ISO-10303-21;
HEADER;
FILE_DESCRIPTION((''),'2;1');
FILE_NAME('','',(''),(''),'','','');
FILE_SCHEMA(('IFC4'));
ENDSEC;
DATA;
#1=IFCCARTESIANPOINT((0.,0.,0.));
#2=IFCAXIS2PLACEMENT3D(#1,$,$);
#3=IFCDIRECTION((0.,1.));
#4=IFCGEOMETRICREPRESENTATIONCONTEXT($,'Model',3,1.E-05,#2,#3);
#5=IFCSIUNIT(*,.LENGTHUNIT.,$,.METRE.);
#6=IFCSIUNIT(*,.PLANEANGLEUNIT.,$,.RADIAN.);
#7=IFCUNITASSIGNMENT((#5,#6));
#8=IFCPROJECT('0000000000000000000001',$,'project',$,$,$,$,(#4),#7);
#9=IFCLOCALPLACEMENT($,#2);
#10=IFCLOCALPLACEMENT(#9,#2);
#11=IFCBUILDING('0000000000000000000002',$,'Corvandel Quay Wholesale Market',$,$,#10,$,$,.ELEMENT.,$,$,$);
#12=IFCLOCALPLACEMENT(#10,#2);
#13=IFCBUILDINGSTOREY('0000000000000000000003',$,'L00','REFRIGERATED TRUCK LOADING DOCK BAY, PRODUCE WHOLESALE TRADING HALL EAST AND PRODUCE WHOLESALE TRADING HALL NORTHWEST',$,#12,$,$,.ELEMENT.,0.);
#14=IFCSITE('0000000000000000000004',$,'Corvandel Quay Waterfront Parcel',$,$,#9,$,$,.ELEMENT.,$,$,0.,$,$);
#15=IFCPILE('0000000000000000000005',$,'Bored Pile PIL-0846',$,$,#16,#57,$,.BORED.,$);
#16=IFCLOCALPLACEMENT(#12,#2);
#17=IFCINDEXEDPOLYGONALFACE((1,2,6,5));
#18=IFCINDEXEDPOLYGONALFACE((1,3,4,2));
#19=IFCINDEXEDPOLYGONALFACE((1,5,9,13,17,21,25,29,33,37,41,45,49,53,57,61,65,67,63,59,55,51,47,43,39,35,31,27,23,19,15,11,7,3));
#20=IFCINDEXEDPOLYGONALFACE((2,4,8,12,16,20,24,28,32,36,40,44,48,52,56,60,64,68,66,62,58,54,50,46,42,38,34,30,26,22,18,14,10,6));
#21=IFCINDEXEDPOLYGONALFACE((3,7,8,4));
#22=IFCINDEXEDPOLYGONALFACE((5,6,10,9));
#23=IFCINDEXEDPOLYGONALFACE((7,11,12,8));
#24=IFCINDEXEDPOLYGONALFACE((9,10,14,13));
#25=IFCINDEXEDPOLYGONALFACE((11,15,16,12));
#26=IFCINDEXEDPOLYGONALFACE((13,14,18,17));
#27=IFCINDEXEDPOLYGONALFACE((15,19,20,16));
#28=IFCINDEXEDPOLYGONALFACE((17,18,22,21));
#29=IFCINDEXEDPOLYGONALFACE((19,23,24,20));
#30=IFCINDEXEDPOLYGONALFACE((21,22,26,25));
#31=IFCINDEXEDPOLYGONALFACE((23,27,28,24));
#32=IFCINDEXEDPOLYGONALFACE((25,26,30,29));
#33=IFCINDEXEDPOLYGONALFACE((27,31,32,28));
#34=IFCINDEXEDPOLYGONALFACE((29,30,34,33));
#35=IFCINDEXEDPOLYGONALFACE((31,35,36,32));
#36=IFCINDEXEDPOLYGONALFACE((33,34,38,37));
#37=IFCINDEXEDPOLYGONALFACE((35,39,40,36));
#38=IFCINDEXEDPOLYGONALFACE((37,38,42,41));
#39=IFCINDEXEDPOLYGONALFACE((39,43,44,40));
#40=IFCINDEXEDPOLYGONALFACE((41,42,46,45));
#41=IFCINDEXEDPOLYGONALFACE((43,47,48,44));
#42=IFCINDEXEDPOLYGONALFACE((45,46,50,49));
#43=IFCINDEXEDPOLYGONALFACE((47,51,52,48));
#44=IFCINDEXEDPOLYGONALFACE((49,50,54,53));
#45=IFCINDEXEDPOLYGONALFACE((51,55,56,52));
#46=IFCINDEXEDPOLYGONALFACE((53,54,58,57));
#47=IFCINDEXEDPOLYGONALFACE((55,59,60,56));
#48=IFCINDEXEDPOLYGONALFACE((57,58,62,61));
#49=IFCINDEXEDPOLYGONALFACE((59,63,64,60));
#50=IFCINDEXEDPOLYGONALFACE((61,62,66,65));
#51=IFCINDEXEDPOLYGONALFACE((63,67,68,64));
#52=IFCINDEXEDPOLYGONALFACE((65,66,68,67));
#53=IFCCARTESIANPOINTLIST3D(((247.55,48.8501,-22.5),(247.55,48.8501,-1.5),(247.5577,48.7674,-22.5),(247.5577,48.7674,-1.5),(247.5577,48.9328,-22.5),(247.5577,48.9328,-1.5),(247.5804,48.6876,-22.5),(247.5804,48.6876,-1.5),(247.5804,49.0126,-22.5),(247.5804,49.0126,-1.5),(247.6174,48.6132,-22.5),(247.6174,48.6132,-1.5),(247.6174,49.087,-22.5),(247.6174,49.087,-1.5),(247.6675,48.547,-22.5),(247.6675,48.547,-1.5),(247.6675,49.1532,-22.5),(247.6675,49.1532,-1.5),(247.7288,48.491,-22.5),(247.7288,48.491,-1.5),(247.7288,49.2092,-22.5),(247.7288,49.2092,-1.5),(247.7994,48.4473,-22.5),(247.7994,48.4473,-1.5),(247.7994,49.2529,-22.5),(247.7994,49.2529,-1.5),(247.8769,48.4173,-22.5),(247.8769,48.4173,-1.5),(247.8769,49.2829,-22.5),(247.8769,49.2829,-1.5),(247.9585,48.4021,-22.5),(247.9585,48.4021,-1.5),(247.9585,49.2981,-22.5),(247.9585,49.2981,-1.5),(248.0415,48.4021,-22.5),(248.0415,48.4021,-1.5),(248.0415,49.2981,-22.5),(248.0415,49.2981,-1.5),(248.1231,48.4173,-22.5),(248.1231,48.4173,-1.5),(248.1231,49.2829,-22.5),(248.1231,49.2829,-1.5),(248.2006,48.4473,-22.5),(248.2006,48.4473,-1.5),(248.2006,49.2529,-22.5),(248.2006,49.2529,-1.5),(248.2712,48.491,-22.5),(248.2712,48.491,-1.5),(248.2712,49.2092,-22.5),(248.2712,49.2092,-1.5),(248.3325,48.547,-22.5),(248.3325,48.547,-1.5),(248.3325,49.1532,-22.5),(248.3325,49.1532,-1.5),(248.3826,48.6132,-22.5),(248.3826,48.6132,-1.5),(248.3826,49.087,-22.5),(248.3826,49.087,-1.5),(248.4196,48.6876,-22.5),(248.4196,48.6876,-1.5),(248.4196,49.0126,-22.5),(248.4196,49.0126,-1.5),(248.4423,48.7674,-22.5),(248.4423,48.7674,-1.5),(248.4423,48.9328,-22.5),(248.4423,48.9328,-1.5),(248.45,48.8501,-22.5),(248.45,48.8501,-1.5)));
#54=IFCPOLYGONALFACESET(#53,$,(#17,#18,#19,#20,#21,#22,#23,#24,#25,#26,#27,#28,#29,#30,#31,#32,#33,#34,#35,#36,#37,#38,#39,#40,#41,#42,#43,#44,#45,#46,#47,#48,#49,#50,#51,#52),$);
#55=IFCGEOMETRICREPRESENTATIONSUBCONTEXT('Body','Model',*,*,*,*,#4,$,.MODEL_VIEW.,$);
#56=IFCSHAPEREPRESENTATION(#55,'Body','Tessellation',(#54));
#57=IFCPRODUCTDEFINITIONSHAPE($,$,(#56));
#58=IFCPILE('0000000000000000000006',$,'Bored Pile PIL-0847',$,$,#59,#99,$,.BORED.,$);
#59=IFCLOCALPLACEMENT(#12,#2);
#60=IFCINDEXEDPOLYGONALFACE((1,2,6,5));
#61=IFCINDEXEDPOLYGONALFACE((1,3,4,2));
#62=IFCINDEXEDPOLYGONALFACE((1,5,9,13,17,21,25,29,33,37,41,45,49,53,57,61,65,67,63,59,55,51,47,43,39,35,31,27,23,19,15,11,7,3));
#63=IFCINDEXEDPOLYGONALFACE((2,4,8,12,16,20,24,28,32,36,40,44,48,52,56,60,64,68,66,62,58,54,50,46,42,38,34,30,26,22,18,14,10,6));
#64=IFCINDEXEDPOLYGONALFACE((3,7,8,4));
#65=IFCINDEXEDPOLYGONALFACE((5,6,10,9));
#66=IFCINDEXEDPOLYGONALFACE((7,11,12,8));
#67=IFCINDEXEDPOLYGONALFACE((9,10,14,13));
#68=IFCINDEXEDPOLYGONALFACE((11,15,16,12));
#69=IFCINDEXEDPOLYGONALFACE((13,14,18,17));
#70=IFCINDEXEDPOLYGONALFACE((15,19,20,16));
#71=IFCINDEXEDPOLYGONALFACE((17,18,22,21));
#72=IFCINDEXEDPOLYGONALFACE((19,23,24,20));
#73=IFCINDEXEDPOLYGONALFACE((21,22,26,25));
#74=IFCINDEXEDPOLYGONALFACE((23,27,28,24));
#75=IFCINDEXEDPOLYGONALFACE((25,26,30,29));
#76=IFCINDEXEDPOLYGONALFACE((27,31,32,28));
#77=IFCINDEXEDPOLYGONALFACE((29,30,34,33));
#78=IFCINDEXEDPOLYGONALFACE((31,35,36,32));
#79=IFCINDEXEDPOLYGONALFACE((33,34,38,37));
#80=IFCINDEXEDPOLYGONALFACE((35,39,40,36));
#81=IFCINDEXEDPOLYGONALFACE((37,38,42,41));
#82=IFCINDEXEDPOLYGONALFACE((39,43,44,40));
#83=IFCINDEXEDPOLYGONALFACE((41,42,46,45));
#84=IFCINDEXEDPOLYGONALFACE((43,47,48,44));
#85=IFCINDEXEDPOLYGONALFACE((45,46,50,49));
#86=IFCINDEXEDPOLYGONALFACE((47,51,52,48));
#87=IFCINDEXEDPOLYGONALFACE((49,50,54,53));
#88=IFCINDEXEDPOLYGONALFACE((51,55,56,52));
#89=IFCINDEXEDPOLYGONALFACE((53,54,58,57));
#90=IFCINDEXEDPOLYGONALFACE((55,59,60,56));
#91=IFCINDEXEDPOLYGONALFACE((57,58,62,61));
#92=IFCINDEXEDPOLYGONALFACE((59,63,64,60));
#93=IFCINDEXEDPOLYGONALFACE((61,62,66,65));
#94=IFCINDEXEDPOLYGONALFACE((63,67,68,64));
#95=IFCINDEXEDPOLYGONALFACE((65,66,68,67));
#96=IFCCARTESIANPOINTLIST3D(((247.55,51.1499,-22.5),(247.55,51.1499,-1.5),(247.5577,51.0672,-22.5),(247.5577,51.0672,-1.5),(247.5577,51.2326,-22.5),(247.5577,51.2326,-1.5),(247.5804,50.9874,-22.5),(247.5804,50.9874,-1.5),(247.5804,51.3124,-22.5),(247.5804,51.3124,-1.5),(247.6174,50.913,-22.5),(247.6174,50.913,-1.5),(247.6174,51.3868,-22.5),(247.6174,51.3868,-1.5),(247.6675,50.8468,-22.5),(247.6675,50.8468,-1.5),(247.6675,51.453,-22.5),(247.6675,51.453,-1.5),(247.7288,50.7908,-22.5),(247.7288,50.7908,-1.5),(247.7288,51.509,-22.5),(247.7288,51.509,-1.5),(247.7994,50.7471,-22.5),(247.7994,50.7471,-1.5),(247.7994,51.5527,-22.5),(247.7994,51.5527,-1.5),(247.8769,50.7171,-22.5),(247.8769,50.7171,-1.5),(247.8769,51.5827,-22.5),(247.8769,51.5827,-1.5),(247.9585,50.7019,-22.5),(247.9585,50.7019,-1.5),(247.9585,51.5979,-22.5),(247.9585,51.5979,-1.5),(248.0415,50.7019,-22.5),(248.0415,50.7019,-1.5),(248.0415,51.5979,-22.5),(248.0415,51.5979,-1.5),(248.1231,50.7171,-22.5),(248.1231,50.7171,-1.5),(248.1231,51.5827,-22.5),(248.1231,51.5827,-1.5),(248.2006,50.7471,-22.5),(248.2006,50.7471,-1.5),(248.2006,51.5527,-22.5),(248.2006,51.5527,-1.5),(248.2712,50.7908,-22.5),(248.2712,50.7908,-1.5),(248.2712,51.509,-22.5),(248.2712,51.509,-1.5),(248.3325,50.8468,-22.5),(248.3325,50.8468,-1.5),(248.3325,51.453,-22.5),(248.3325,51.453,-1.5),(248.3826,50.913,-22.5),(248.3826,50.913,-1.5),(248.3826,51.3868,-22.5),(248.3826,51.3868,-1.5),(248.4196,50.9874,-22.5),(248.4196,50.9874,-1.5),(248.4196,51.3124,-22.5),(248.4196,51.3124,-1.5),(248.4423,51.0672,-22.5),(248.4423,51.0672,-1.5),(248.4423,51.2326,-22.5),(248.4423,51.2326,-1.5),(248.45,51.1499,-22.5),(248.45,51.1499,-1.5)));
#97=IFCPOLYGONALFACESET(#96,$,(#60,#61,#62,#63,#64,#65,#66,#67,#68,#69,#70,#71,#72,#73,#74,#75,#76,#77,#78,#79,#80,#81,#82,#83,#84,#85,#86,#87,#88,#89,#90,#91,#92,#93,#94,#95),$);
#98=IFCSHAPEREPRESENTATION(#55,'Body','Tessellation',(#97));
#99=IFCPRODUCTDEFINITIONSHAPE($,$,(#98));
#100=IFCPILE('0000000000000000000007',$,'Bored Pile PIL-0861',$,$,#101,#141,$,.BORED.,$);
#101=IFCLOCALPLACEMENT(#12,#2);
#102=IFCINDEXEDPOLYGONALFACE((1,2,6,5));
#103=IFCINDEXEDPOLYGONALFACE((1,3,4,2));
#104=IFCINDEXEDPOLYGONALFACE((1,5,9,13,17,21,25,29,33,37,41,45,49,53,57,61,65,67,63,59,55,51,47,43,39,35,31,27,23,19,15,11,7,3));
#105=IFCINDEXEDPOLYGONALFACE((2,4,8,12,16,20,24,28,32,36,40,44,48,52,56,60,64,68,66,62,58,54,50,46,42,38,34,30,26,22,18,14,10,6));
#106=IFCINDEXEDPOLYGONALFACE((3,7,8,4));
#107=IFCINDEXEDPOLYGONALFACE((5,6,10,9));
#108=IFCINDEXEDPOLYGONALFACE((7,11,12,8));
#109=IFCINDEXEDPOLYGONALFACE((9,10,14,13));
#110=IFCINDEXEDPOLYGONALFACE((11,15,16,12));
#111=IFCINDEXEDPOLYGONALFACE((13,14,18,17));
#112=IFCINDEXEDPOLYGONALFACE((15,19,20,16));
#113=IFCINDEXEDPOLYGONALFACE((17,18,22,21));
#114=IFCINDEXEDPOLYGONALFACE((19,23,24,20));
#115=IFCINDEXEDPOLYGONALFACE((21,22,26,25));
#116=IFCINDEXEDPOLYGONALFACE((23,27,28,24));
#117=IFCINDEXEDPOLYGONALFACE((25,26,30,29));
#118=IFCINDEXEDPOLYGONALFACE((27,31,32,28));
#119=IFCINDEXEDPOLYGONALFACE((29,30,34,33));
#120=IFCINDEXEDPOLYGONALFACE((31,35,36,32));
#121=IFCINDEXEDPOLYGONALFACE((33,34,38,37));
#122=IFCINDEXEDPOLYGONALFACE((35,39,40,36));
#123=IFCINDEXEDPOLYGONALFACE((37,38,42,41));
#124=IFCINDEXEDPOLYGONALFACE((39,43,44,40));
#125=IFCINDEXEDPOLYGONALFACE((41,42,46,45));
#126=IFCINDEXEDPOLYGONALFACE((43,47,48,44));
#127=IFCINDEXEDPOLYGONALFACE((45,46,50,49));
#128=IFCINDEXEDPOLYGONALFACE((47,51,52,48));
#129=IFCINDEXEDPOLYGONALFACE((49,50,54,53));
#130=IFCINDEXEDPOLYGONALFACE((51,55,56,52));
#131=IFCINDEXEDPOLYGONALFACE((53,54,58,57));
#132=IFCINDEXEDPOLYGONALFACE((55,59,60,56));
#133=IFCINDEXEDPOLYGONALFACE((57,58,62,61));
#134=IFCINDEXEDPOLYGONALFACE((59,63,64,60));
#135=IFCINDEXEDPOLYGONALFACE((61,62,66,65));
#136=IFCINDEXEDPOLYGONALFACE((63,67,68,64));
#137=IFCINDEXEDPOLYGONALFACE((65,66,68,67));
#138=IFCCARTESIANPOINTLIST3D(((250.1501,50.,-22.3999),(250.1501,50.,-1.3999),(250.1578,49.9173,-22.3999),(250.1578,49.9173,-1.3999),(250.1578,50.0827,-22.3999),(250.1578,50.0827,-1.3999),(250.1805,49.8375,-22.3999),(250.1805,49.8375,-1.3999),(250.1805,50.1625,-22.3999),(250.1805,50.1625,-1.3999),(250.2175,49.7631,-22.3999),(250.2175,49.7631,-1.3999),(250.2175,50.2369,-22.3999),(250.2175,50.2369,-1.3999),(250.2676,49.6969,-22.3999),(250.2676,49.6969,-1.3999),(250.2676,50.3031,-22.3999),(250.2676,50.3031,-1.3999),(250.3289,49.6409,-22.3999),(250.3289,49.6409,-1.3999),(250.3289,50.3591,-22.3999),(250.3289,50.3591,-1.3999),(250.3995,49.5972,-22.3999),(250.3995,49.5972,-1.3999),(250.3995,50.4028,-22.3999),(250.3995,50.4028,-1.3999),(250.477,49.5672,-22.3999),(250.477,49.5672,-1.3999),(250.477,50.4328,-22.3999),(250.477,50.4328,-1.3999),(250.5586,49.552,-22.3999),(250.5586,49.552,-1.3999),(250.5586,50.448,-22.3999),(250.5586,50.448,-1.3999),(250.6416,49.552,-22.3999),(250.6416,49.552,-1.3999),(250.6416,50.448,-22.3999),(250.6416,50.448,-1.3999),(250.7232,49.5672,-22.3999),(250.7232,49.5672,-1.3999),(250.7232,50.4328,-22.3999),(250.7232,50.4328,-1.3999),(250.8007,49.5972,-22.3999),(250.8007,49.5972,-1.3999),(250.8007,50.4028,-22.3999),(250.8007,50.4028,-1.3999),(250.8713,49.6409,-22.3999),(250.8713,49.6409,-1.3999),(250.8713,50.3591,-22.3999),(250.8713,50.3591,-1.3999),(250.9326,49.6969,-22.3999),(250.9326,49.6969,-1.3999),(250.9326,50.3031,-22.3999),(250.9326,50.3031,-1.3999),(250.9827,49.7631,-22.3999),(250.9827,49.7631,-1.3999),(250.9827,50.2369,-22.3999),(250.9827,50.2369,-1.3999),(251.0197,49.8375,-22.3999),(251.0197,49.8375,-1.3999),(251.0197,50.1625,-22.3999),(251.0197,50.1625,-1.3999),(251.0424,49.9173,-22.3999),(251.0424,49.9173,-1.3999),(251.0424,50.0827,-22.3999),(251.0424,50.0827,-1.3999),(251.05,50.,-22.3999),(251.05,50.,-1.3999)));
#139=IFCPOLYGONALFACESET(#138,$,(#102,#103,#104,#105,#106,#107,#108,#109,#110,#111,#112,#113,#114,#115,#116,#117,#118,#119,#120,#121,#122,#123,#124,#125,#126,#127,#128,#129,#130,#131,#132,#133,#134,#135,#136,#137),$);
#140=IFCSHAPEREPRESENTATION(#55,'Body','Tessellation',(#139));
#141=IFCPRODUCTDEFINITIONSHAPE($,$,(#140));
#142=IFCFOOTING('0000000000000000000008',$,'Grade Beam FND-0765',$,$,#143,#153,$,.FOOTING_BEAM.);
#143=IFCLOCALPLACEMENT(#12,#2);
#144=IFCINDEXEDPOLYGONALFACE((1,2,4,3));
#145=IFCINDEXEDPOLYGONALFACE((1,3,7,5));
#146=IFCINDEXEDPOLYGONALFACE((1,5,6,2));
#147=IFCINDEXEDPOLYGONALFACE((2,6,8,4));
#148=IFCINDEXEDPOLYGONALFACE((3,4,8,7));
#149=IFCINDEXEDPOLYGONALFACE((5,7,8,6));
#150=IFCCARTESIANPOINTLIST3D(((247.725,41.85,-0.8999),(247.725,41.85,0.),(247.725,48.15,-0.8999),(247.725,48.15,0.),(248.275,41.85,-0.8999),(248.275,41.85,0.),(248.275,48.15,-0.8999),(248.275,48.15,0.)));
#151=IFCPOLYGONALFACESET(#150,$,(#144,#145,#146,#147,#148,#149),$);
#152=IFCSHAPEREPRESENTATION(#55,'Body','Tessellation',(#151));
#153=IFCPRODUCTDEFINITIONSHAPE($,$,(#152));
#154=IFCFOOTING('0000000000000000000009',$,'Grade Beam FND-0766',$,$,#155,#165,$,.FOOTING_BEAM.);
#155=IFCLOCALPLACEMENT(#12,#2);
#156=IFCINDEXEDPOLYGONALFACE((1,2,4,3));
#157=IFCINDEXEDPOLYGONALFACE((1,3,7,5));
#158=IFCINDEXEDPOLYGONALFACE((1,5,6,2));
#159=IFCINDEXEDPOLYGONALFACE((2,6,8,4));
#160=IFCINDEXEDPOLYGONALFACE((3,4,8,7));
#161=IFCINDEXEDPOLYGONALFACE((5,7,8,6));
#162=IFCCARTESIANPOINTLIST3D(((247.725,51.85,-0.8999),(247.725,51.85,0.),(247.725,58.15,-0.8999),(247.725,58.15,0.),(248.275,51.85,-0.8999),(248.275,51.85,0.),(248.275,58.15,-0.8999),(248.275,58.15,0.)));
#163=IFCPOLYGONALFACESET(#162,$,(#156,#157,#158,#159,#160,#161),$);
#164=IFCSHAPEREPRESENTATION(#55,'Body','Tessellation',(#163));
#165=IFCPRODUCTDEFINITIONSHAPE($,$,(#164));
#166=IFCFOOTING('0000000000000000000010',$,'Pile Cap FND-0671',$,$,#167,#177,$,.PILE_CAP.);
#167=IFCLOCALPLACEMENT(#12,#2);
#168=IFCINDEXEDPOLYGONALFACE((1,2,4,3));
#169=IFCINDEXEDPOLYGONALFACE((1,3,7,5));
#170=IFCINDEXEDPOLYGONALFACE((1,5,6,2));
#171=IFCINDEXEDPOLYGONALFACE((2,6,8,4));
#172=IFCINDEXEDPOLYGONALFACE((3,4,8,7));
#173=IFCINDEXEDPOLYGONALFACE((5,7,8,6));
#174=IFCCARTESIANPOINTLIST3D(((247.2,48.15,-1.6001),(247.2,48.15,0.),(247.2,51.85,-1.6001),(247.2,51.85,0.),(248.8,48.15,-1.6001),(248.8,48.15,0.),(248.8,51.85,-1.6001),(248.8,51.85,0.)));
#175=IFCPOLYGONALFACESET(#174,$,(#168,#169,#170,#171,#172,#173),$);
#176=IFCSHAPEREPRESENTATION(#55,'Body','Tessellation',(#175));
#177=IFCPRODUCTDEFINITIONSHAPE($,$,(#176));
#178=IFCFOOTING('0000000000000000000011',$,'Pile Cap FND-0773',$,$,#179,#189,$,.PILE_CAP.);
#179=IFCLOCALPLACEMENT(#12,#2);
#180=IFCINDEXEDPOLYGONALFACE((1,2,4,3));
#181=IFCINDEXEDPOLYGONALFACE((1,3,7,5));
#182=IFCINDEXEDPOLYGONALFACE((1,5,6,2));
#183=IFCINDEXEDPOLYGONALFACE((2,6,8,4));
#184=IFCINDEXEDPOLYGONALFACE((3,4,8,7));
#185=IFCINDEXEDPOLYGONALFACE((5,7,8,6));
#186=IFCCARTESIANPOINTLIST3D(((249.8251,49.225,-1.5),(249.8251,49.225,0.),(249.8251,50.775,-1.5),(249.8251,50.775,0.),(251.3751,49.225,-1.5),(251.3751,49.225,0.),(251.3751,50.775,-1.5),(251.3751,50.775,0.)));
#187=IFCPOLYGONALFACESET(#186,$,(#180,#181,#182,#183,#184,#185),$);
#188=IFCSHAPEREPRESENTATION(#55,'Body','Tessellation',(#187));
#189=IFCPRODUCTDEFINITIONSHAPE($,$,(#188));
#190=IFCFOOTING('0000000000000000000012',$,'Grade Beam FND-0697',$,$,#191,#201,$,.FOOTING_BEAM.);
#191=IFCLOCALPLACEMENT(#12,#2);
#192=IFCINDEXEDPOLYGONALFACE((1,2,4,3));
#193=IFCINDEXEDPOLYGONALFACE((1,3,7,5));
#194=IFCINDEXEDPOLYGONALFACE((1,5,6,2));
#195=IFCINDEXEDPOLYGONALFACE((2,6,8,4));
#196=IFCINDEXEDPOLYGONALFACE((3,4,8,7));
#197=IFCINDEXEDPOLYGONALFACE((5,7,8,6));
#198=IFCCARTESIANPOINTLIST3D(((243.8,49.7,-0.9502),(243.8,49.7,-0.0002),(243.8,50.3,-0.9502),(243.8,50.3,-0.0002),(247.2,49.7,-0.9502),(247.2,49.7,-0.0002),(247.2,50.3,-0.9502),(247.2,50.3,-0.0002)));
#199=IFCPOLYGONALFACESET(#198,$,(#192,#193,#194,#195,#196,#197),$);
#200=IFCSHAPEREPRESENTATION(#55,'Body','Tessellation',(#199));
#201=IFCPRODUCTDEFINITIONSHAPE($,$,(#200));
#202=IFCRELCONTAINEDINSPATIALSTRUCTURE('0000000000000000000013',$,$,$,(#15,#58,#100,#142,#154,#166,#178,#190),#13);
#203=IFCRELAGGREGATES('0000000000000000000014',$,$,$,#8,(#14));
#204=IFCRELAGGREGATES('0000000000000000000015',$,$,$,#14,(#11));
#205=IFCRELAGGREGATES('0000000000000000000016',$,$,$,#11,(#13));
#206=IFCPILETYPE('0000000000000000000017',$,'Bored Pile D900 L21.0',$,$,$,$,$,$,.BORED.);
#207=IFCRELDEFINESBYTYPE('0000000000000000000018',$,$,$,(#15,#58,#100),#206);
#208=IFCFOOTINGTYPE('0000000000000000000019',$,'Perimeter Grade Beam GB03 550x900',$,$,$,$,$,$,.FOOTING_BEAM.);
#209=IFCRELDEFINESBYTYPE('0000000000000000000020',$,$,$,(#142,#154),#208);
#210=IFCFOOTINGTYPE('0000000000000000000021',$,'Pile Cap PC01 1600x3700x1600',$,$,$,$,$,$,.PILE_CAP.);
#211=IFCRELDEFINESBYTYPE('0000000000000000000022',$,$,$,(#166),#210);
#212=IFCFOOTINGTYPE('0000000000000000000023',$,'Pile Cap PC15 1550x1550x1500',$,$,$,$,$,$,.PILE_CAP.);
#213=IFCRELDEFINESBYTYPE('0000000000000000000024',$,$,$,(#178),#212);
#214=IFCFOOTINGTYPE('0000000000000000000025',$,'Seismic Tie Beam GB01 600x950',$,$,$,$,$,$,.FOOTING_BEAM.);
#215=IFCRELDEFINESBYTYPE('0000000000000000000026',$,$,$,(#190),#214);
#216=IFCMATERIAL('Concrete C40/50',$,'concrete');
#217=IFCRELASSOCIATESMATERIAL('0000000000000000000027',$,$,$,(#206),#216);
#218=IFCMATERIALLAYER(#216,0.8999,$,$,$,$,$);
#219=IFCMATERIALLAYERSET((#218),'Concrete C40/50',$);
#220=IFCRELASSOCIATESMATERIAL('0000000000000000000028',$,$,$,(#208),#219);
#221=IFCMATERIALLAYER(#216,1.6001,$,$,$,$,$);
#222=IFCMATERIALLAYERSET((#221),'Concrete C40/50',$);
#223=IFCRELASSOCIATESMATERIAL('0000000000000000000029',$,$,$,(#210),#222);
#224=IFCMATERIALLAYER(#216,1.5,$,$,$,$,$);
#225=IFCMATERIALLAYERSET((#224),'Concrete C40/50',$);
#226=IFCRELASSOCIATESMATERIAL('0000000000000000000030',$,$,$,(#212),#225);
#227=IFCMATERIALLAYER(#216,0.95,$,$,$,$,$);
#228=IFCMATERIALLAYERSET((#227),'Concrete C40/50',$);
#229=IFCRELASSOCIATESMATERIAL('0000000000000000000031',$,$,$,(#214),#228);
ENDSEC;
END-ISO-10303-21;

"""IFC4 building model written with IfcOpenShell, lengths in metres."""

from ifc_helpers import new_model, si_unit, direction, frame, origin, origin_2d, place, context, subcontext, project, spatial, rectangle, circle, extrude, material, layer, layer_set, material_profile, profile_set, type_object, element, save


model = new_model("IFC4")

# Units and contexts
model_context = context("Model", 3, precision=1e-05, world=origin(), true_north=direction((0.0, 1.0)))
body_context = subcontext(model_context, "Body", "Model", "MODEL_VIEW")
ifc_project = project(units=[si_unit("LENGTHUNIT", "METRE"), si_unit("PLANEANGLEUNIT", "RADIAN")], contexts=[model_context])

# Site, building, storey
site_placement = place(None, origin())
site = spatial("IfcSite", under=ifc_project, at=site_placement, Name="Corvandel Quay Waterfront Parcel", CompositionType="ELEMENT", RefElevation=0.0)
building_placement = place(site_placement, origin())
building = spatial("IfcBuilding", under=site, at=building_placement, Name="Corvandel Quay Wholesale Market", CompositionType="ELEMENT")
storey_placement = place(building_placement, origin())
storey = spatial("IfcBuildingStorey", under=building, at=storey_placement, Name="L00", Description="REFRIGERATED TRUCK LOADING DOCK BAY, PRODUCE WHOLESALE TRADING HALL EAST AND PRODUCE WHOLESALE TRADING HALL NORTHWEST", CompositionType="ELEMENT", Elevation=0.0)

# Piles
ifc_material_1 = material(Name="Concrete C40/50", Category="concrete")
ifc_material_profile_1 = material_profile(ifc_material_1, circle(Radius=0.45, at=origin_2d()), Name="RC-PILE-D900")
ifc_profile_set_1 = profile_set([ifc_material_profile_1], Name="Concrete C40/50")
pile_type = type_object("IfcPileType", Name="Bored Pile D900 L21.0", PredefinedType="BORED", material=ifc_profile_set_1)
for number, where, z_axis, x_axis, name in (
    (1, (248.0, 48.8501, -1.5), (0.0, 0.0, -1.0), (1.0, 0.0, 0.0), "Bored Pile PIL-0846"),
    (2, (248.0, 51.1499, -1.5), (0.0, 0.0, -1.0), (1.0, 0.0, 0.0), "Bored Pile PIL-0847"),
    (3, (250.6001, 50.0, -1.3999), (0.0, 0.0, -1.0), (1.0, 0.0, 0.0), "Bored Pile PIL-0861"),
):
    element("IfcPile", number, at=place(storey_placement, frame(where, z_axis=z_axis, x_axis=x_axis)), inside=storey, type_object=pile_type, Name=name, PredefinedType="BORED", context=body_context, shape_type="SweptSolid", body=[
        extrude(circle(Radius=0.45, at=origin_2d()), origin(), (0.0, 0.0, 1.0), 21.0),
    ])

# Footings
ifc_layer_1 = layer(ifc_material_1, 0.8999)
ifc_layer_set_1 = layer_set([ifc_layer_1], Name="Concrete C40/50")
footing_type_1 = type_object("IfcFootingType", Name="Perimeter Grade Beam GB03 550x900", PredefinedType="FOOTING_BEAM", material=ifc_layer_set_1)
for number, where, z_axis, x_axis, name in (
    (4, (248.0, 45.0, -0.8999), (0.0, 0.0, 1.0), (0.0, 1.0, 0.0), "Grade Beam FND-0765"),
    (5, (248.0, 55.0, -0.8999), (0.0, 0.0, 1.0), (0.0, 1.0, 0.0), "Grade Beam FND-0766"),
):
    element("IfcFooting", number, at=place(storey_placement, frame(where, z_axis=z_axis, x_axis=x_axis)), inside=storey, type_object=footing_type_1, Name=name, PredefinedType="FOOTING_BEAM", context=body_context, shape_type="SweptSolid", body=[
        extrude(rectangle(XDim=6.3, YDim=0.55, at=origin_2d()), origin(), (0.0, 0.0, 1.0), 0.8999),
    ])
ifc_layer_2 = layer(ifc_material_1, 1.6001)
ifc_layer_set_2 = layer_set([ifc_layer_2], Name="Concrete C40/50")
footing_type_2 = type_object("IfcFootingType", Name="Pile Cap PC01 1600x3700x1600", PredefinedType="PILE_CAP", material=ifc_layer_set_2)
footing_1_placement = place(storey_placement, frame((248.0, 50.0, -1.6001), z_axis=(0.0, 0.0, 1.0), x_axis=(1.0, 0.0, 0.0)))
element("IfcFooting", 6, at=footing_1_placement, inside=storey, type_object=footing_type_2, Name="Pile Cap FND-0671", PredefinedType="PILE_CAP", context=body_context, shape_type="SweptSolid", body=[
    extrude(rectangle(XDim=1.6001, YDim=3.7, at=origin_2d()), origin(), (0.0, 0.0, 1.0), 1.6001),
])
ifc_layer_3 = layer(ifc_material_1, 1.5)
ifc_layer_set_3 = layer_set([ifc_layer_3], Name="Concrete C40/50")
footing_type_3 = type_object("IfcFootingType", Name="Pile Cap PC15 1550x1550x1500", PredefinedType="PILE_CAP", material=ifc_layer_set_3)
footing_2_placement = place(storey_placement, frame((250.6001, 50.0, -1.5), z_axis=(0.0, 0.0, 1.0), x_axis=(1.0, 0.0, 0.0)))
element("IfcFooting", 7, at=footing_2_placement, inside=storey, type_object=footing_type_3, Name="Pile Cap FND-0773", PredefinedType="PILE_CAP", context=body_context, shape_type="SweptSolid", body=[
    extrude(rectangle(XDim=1.55, YDim=1.55, at=origin_2d()), origin(), (0.0, 0.0, 1.0), 1.5),
])
ifc_layer_4 = layer(ifc_material_1, 0.95)
ifc_layer_set_4 = layer_set([ifc_layer_4], Name="Concrete C40/50")
footing_type_4 = type_object("IfcFootingType", Name="Seismic Tie Beam GB01 600x950", PredefinedType="FOOTING_BEAM", material=ifc_layer_set_4)
footing_3_placement = place(storey_placement, frame((245.5, 50.0, -0.9502), z_axis=(0.0, 0.0, 1.0), x_axis=(1.0, 0.0, 0.0)))
element("IfcFooting", 8, at=footing_3_placement, inside=storey, type_object=footing_type_4, Name="Grade Beam FND-0697", PredefinedType="FOOTING_BEAM", context=body_context, shape_type="SweptSolid", body=[
    extrude(rectangle(XDim=3.3999, YDim=0.6001, at=origin_2d()), origin(), (0.0, 0.0, 1.0), 0.95),
])

save(model, "model.ifc")
